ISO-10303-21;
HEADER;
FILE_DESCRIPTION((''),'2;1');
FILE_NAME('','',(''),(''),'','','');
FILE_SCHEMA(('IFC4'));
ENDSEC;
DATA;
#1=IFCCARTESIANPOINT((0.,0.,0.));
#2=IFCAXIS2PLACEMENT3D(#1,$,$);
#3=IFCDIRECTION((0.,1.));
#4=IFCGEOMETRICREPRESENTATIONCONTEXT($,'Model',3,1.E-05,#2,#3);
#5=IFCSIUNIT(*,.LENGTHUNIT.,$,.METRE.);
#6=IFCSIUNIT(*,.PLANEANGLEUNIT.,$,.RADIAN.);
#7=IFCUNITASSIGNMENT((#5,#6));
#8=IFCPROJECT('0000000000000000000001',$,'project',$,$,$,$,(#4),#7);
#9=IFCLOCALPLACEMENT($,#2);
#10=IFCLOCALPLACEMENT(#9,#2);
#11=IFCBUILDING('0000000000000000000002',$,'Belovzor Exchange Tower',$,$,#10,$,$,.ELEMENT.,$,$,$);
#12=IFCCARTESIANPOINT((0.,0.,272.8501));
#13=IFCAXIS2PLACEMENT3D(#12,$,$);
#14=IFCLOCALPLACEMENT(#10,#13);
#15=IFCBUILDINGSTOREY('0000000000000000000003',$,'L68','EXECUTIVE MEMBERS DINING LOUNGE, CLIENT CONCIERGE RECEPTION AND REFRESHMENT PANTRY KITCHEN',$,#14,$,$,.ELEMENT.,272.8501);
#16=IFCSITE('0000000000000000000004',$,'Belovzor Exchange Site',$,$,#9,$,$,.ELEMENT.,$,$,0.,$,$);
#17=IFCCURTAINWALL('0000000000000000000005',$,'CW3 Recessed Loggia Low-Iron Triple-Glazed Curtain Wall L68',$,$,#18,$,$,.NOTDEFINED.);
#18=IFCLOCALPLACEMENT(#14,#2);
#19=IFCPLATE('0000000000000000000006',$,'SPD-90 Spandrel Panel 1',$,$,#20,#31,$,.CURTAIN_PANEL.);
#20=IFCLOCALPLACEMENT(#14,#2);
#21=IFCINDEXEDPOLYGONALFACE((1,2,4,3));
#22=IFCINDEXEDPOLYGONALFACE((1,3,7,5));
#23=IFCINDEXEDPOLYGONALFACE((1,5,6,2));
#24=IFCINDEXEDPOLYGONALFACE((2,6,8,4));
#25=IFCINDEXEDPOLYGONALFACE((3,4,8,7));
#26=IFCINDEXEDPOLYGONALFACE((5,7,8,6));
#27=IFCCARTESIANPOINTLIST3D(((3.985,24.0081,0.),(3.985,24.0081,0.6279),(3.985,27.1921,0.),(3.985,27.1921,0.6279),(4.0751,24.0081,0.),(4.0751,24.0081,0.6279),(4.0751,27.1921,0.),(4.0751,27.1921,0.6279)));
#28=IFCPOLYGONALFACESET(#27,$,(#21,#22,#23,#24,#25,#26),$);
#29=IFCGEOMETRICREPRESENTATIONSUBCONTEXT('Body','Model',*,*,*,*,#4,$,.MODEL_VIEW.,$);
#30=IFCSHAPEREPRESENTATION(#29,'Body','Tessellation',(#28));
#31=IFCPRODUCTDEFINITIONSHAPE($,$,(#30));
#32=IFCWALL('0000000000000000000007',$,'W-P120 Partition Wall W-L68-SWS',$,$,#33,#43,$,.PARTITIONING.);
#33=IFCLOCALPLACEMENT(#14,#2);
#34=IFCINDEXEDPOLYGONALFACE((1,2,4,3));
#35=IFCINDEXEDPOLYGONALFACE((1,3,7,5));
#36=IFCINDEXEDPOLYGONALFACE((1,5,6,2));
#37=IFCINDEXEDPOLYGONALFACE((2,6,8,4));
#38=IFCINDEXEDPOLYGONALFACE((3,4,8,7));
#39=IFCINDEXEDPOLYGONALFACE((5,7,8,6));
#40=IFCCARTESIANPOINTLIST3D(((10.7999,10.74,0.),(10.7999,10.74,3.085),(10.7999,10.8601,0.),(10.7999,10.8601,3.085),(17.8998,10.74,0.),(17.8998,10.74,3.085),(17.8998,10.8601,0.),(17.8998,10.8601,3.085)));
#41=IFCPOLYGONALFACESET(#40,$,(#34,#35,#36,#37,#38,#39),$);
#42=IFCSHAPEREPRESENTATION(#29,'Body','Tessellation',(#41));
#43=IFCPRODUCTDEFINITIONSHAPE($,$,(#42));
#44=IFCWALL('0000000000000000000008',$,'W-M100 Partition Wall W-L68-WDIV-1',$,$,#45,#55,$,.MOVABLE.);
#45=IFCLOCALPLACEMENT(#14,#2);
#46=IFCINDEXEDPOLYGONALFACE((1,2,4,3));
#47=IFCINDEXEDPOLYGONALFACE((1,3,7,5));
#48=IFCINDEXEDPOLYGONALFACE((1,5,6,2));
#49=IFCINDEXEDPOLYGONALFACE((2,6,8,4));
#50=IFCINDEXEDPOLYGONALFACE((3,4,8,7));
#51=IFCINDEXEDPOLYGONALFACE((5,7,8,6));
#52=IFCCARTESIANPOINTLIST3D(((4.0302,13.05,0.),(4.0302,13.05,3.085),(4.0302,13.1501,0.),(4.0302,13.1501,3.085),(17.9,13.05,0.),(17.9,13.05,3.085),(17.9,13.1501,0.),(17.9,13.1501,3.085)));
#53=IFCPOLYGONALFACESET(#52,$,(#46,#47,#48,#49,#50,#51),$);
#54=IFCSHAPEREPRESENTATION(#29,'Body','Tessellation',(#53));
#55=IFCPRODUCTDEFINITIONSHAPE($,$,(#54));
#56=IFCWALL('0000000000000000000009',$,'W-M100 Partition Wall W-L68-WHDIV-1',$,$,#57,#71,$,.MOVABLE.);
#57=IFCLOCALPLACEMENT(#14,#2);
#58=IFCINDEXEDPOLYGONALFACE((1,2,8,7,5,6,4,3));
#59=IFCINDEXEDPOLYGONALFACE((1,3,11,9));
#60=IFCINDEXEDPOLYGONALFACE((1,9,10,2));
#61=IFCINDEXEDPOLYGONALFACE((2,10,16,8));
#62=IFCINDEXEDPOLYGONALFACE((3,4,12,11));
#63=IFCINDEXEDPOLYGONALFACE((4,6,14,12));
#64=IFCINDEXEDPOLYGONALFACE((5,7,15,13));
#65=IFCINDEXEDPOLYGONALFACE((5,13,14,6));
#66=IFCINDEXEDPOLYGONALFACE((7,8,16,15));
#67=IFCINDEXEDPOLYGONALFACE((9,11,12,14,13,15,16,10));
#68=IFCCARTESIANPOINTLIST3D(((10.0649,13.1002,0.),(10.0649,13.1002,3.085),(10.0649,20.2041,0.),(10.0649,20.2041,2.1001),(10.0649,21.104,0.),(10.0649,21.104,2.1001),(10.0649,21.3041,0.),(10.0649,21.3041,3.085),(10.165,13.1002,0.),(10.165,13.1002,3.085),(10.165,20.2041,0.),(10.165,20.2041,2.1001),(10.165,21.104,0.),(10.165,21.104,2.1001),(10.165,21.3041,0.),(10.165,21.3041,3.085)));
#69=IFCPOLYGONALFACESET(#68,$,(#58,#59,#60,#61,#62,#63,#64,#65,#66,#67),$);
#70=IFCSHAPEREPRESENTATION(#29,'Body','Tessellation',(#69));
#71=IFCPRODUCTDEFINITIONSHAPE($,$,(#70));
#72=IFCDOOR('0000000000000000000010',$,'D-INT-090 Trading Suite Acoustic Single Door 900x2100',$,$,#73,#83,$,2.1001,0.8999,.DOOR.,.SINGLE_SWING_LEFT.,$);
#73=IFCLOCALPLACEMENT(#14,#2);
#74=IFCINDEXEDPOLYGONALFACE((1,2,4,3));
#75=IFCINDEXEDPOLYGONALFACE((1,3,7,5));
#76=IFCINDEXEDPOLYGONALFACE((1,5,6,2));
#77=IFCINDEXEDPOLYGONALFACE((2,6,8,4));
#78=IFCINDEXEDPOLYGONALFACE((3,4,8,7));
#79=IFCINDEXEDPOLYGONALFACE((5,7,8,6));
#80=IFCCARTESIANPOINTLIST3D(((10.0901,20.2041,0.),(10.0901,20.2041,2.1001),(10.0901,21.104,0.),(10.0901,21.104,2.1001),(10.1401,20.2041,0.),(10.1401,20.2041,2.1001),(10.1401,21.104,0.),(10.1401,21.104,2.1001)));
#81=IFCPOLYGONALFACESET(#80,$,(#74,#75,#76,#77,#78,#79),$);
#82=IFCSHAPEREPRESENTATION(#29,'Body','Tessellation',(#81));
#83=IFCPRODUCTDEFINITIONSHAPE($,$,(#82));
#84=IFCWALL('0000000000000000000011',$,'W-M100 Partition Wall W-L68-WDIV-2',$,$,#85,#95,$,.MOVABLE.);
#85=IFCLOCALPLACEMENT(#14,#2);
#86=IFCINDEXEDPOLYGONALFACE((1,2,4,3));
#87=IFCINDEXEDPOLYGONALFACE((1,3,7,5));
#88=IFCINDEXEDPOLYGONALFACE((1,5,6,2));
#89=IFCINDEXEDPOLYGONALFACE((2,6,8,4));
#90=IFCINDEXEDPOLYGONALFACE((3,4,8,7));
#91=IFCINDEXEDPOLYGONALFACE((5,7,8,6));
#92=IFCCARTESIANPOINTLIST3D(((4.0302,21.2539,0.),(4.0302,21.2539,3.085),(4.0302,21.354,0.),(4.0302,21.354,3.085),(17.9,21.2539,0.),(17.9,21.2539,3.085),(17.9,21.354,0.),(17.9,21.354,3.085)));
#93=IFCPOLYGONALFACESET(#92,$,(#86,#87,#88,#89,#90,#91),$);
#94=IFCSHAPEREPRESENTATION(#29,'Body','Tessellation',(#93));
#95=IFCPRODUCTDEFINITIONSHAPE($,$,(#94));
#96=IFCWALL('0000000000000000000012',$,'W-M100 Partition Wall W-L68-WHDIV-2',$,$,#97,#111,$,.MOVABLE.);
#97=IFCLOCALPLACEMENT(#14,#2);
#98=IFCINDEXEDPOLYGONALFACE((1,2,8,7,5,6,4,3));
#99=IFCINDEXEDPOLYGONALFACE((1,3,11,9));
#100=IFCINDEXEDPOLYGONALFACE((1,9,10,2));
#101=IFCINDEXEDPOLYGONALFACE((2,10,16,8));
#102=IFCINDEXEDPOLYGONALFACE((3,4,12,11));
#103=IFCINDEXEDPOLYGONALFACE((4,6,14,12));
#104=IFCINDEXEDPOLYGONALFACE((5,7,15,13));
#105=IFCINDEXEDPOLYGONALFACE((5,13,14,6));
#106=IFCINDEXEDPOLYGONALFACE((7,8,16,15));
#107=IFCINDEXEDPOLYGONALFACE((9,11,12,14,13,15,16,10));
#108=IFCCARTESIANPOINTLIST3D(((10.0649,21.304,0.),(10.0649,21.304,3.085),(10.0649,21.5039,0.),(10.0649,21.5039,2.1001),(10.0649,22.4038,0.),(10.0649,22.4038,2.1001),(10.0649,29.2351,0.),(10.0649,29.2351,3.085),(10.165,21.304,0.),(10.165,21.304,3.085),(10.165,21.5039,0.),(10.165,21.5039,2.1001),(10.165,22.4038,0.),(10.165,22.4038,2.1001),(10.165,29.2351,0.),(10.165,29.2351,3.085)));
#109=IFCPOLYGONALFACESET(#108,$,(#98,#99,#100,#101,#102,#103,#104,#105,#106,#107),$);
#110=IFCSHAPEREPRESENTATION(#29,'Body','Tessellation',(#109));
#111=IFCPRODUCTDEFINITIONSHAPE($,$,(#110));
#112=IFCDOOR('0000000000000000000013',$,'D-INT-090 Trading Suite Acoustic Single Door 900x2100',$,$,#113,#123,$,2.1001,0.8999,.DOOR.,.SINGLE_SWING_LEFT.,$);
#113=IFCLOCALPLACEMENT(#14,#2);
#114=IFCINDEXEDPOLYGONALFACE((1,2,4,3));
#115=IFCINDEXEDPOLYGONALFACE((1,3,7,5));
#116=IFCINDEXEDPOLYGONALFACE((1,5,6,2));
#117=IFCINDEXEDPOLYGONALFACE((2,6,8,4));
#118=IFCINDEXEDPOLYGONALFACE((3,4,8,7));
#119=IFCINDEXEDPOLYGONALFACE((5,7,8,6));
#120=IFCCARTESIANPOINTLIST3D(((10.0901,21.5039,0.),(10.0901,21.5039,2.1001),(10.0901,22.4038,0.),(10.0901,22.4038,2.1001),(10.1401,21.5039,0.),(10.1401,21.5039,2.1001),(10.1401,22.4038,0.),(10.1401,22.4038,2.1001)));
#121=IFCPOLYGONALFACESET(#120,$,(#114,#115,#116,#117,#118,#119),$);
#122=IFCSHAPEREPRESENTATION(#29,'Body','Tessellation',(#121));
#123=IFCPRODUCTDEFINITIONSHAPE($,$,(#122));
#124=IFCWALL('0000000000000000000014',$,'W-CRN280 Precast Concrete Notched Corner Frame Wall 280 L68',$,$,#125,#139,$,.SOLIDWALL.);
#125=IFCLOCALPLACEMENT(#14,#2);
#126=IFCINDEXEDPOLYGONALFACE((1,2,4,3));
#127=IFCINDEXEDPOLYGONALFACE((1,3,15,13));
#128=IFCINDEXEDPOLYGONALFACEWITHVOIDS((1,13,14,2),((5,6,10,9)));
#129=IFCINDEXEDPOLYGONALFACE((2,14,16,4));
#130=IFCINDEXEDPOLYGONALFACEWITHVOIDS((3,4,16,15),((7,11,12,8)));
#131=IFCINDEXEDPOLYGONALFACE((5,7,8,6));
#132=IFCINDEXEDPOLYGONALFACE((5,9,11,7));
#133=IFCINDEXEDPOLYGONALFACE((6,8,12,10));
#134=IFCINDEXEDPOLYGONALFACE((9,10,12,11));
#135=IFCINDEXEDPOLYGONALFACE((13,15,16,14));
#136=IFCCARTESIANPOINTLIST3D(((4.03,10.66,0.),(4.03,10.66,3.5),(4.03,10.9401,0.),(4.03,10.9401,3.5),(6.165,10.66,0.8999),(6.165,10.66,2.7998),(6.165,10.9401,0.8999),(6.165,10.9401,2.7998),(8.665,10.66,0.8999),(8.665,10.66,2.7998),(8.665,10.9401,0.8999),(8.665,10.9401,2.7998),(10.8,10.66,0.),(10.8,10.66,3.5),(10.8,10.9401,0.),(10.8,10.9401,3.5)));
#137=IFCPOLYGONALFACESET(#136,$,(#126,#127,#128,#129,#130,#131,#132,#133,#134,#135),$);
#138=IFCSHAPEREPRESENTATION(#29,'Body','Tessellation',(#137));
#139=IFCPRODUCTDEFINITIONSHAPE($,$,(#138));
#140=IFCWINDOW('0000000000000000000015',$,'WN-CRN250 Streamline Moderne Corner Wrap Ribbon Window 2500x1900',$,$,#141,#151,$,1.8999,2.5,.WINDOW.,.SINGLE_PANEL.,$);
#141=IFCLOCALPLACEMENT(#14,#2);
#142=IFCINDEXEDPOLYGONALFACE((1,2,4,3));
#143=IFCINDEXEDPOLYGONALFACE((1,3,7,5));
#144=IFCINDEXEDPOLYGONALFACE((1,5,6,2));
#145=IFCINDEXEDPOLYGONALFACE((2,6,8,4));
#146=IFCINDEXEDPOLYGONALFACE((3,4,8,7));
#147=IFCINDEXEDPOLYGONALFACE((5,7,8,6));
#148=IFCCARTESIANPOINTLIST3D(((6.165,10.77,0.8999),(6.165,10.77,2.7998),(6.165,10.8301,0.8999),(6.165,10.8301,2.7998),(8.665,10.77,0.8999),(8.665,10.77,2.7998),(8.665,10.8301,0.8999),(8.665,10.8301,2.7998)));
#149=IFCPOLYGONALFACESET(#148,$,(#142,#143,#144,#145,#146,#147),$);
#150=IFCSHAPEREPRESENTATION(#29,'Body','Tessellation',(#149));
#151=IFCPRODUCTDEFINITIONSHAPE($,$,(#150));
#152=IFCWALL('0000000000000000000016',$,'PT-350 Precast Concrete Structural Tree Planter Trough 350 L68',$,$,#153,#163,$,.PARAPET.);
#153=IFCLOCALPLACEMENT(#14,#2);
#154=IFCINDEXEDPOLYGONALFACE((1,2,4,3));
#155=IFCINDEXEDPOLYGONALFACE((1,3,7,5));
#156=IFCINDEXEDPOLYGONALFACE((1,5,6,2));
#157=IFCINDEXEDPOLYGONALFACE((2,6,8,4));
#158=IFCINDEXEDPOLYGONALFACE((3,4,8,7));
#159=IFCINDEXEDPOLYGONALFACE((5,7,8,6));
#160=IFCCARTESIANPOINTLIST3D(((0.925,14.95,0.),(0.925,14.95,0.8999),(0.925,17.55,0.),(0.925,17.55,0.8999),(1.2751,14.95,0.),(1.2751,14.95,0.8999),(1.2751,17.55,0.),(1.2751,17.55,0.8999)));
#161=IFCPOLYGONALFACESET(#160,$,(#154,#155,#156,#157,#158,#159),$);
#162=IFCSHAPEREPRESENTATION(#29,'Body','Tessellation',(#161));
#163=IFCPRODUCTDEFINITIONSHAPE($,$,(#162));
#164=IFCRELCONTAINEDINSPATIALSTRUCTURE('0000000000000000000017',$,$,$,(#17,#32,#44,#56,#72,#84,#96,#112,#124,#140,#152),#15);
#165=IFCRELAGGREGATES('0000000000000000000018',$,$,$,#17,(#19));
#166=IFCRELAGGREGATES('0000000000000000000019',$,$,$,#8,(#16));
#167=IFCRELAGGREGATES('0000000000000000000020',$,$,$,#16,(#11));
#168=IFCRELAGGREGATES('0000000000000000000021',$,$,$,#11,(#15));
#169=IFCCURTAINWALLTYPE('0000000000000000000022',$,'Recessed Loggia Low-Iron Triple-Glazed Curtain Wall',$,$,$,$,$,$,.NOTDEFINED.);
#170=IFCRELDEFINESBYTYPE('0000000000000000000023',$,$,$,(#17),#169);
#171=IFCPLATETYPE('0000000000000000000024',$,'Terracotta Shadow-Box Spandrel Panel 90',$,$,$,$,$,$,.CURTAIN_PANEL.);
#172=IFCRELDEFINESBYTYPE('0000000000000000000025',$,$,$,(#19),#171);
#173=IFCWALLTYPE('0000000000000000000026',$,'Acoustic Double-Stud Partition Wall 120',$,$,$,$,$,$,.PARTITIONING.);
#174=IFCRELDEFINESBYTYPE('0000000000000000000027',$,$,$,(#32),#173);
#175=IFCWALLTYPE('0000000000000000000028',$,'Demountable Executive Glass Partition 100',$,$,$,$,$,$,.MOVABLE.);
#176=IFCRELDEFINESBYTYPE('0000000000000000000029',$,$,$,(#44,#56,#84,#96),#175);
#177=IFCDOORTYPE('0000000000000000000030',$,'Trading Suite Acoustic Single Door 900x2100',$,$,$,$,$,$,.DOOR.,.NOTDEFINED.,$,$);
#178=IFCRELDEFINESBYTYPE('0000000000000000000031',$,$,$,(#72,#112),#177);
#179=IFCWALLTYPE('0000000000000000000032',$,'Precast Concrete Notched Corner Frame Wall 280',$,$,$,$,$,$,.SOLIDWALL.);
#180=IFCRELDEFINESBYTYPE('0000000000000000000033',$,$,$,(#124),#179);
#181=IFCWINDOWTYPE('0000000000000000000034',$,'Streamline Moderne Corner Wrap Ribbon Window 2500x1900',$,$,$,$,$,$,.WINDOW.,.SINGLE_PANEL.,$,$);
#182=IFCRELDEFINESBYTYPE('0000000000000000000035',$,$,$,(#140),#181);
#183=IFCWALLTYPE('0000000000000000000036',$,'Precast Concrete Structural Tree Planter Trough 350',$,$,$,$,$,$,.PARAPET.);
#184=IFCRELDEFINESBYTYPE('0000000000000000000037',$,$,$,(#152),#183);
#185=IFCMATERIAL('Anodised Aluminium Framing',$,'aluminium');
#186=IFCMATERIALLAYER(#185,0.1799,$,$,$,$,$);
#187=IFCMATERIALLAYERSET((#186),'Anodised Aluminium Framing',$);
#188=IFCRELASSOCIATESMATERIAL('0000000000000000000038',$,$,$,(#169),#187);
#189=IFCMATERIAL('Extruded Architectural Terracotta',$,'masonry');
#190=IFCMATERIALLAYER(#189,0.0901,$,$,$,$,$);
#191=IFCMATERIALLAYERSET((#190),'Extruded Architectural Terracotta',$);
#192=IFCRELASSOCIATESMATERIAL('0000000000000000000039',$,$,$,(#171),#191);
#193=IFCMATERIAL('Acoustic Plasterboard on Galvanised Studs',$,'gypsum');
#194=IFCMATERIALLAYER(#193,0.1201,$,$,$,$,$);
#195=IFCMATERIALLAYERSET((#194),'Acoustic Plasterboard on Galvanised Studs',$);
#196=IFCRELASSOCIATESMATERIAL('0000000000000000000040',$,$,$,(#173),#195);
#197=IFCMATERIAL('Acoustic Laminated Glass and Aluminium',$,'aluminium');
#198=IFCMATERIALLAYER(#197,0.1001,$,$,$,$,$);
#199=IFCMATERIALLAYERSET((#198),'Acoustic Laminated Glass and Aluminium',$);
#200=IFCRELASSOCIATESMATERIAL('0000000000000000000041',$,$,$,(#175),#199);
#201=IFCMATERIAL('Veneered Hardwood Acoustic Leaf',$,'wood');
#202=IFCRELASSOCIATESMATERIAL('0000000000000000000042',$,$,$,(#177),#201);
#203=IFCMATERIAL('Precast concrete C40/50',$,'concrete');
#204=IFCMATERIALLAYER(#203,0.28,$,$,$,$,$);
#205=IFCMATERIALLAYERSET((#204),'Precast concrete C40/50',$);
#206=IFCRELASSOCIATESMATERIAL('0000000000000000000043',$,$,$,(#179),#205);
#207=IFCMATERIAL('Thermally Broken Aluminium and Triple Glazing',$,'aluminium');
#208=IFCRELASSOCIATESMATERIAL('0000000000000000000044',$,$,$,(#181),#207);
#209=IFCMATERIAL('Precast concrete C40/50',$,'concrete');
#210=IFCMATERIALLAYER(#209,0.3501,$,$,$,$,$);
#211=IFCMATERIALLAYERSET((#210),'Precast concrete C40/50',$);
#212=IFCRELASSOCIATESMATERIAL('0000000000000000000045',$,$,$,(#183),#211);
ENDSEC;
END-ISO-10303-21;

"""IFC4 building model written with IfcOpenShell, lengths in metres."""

from ifc_helpers import new_model, si_unit, direction, frame, frame_2d, origin, origin_2d, place, context, subcontext, project, spatial, rectangle, extrude, material, layer, layer_set, type_object, element, fill, aggregate, save


model = new_model("IFC4")

# Units and contexts
model_context = context("Model", 3, precision=1e-05, world=origin(), true_north=direction((0.0, 1.0)))
body_context = subcontext(model_context, "Body", "Model", "MODEL_VIEW")
ifc_project = project(units=[si_unit("LENGTHUNIT", "METRE"), si_unit("PLANEANGLEUNIT", "RADIAN")], contexts=[model_context])

# Site, building, storey
site_placement = place(None, origin())
site = spatial("IfcSite", under=ifc_project, at=site_placement, Name="Belovzor Exchange Site", CompositionType="ELEMENT", RefElevation=0.0)
building_placement = place(site_placement, origin())
building = spatial("IfcBuilding", under=site, at=building_placement, Name="Belovzor Exchange Tower", CompositionType="ELEMENT")
storey_placement = place(building_placement, frame((0.0, 0.0, 272.8501)))
storey = spatial("IfcBuildingStorey", under=building, at=storey_placement, Name="L68", Description="EXECUTIVE MEMBERS DINING LOUNGE, CLIENT CONCIERGE RECEPTION AND REFRESHMENT PANTRY KITCHEN", CompositionType="ELEMENT", Elevation=272.8501)

# Curtain wall
ifc_material_1 = material(Name="Anodised Aluminium Framing", Category="aluminium")
ifc_layer_1 = layer(ifc_material_1, 0.1799)
ifc_layer_set_1 = layer_set([ifc_layer_1], Name="Anodised Aluminium Framing")
curtain_wall_type = type_object("IfcCurtainWallType", Name="Recessed Loggia Low-Iron Triple-Glazed Curtain Wall", PredefinedType="NOTDEFINED", material=ifc_layer_set_1)
curtain_wall_placement = place(storey_placement, origin())
curtain_wall = element("IfcCurtainWall", 1, at=curtain_wall_placement, inside=storey, type_object=curtain_wall_type, Name="CW3 Recessed Loggia Low-Iron Triple-Glazed Curtain Wall L68", PredefinedType="NOTDEFINED")

# Plate
ifc_material_2 = material(Name="Extruded Architectural Terracotta", Category="masonry")
ifc_layer_2 = layer(ifc_material_2, 0.0901)
ifc_layer_set_2 = layer_set([ifc_layer_2], Name="Extruded Architectural Terracotta")
plate_type_1 = type_object("IfcPlateType", Name="Terracotta Shadow-Box Spandrel Panel 90", PredefinedType="CURTAIN_PANEL", material=ifc_layer_set_2)
plate_1_placement = place(storey_placement, frame((4.03, 25.6001, 0.0), z_axis=(0.0, 0.0, 1.0), x_axis=(0.0, 1.0, 0.0)))
plate_1 = element("IfcPlate", 2, at=plate_1_placement, type_object=plate_type_1, Name="SPD-90 Spandrel Panel 1", PredefinedType="CURTAIN_PANEL", context=body_context, shape_type="SweptSolid", body=[
    extrude(rectangle(XDim=3.1841, YDim=0.0901, at=origin_2d()), origin(), (0.0, 0.0, 1.0), 0.6279),
])
aggregate(curtain_wall, [plate_1])

# Walls
ifc_material_3 = material(Name="Acoustic Plasterboard on Galvanised Studs", Category="gypsum")
ifc_layer_3 = layer(ifc_material_3, 0.1201)
ifc_layer_set_3 = layer_set([ifc_layer_3], Name="Acoustic Plasterboard on Galvanised Studs")
wall_type_1 = type_object("IfcWallType", Name="Acoustic Double-Stud Partition Wall 120", PredefinedType="PARTITIONING", material=ifc_layer_set_3)
wall_1_placement = place(storey_placement, frame((10.8, 10.8, 0.0), z_axis=(0.0, 0.0, 1.0), x_axis=(1.0, 0.0, 0.0)))
element("IfcWall", 3, at=wall_1_placement, inside=storey, type_object=wall_type_1, Name="W-P120 Partition Wall W-L68-SWS", PredefinedType="PARTITIONING", context=body_context, shape_type="SweptSolid", body=[
    extrude(rectangle(XDim=7.0999, YDim=0.1201, at=frame_2d((3.5498, 0.0))), origin(), (0.0, 0.0, 1.0), 3.085),
])
ifc_material_4 = material(Name="Acoustic Laminated Glass and Aluminium", Category="aluminium")
ifc_layer_4 = layer(ifc_material_4, 0.1001)
ifc_layer_set_4 = layer_set([ifc_layer_4], Name="Acoustic Laminated Glass and Aluminium")
wall_type_2 = type_object("IfcWallType", Name="Demountable Executive Glass Partition 100", PredefinedType="MOVABLE", material=ifc_layer_set_4)
wall_2_placement = place(storey_placement, frame((4.03, 13.1001, 0.0), z_axis=(0.0, 0.0, 1.0), x_axis=(1.0, 0.0, 0.0)))
element("IfcWall", 4, at=wall_2_placement, inside=storey, type_object=wall_type_2, Name="W-M100 Partition Wall W-L68-WDIV-1", PredefinedType="MOVABLE", context=body_context, shape_type="SweptSolid", body=[
    extrude(rectangle(XDim=13.8699, YDim=0.1001, at=frame_2d((6.9351, 0.0))), origin(), (0.0, 0.0, 1.0), 3.085),
])

# Wall, opening, door
wall_3_placement = place(storey_placement, frame((10.115, 13.1001, 0.0), z_axis=(0.0, 0.0, 1.0), x_axis=(0.0, 1.0, 0.0)))
wall_3 = element("IfcWall", 5, at=wall_3_placement, inside=storey, type_object=wall_type_2, Name="W-M100 Partition Wall W-L68-WHDIV-1", PredefinedType="MOVABLE", context=body_context, shape_type="SweptSolid", body=[
    extrude(rectangle(XDim=8.2039, YDim=0.1001, at=frame_2d((4.1021, 0.0))), origin(), (0.0, 0.0, 1.0), 3.085),
])
opening_1_placement = place(wall_3_placement, frame((7.104, 0.0, 0.0)))
opening_1 = element("IfcOpeningElement", 6, at=opening_1_placement, cuts=wall_3, PredefinedType="OPENING", context=body_context, shape_type="SweptSolid", body=[
    extrude(rectangle(XDim=0.8999, YDim=2.1001, at=frame_2d((0.45, 1.05))), frame((0.0, 0.0601, 0.0), z_axis=(0.0, -1.0, 0.0), x_axis=(1.0, 0.0, 0.0)), (0.0, 0.0, 1.0), 0.1201),
])
ifc_material_5 = material(Name="Veneered Hardwood Acoustic Leaf", Category="wood")
door_type = type_object("IfcDoorType", Name="Trading Suite Acoustic Single Door 900x2100", OperationType="NOTDEFINED", PredefinedType="DOOR", material=ifc_material_5)
door_1_placement = place(opening_1_placement, origin())
door_1 = element("IfcDoor", 7, at=door_1_placement, inside=storey, type_object=door_type, Name="D-INT-090 Trading Suite Acoustic Single Door 900x2100", OperationType="SINGLE_SWING_LEFT", OverallHeight=2.1001, OverallWidth=0.8999, PredefinedType="DOOR", context=body_context, shape_type="SweptSolid", body=[
    extrude(rectangle(XDim=0.8999, YDim=2.1001, at=frame_2d((0.45, 1.05))), frame((0.0, 0.0249, 0.0), z_axis=(0.0, -1.0, 0.0), x_axis=(1.0, 0.0, 0.0)), (0.0, 0.0, 1.0), 0.05),
])
fill(opening_1, door_1)

# Wall
wall_4_placement = place(storey_placement, frame((4.03, 21.304, 0.0), z_axis=(0.0, 0.0, 1.0), x_axis=(1.0, 0.0, 0.0)))
element("IfcWall", 8, at=wall_4_placement, inside=storey, type_object=wall_type_2, Name="W-M100 Partition Wall W-L68-WDIV-2", PredefinedType="MOVABLE", context=body_context, shape_type="SweptSolid", body=[
    extrude(rectangle(XDim=13.8699, YDim=0.1001, at=frame_2d((6.9351, 0.0))), origin(), (0.0, 0.0, 1.0), 3.085),
])

# Wall, opening, door
wall_5_placement = place(storey_placement, frame((10.115, 21.304, 0.0), z_axis=(0.0, 0.0, 1.0), x_axis=(0.0, 1.0, 0.0)))
wall_5 = element("IfcWall", 9, at=wall_5_placement, inside=storey, type_object=wall_type_2, Name="W-M100 Partition Wall W-L68-WHDIV-2", PredefinedType="MOVABLE", context=body_context, shape_type="SweptSolid", body=[
    extrude(rectangle(XDim=7.9312, YDim=0.1001, at=frame_2d((3.9656, 0.0))), origin(), (0.0, 0.0, 1.0), 3.085),
])
opening_2_placement = place(wall_5_placement, frame((0.2, 0.0, 0.0)))
opening_2 = element("IfcOpeningElement", 10, at=opening_2_placement, cuts=wall_5, PredefinedType="OPENING", context=body_context, shape_type="SweptSolid", body=[
    extrude(rectangle(XDim=0.8999, YDim=2.1001, at=frame_2d((0.45, 1.05))), frame((0.0, 0.0601, 0.0), z_axis=(0.0, -1.0, 0.0), x_axis=(1.0, 0.0, 0.0)), (0.0, 0.0, 1.0), 0.1201),
])
door_2_placement = place(opening_2_placement, origin())
door_2 = element("IfcDoor", 11, at=door_2_placement, inside=storey, type_object=door_type, Name="D-INT-090 Trading Suite Acoustic Single Door 900x2100", OperationType="SINGLE_SWING_LEFT", OverallHeight=2.1001, OverallWidth=0.8999, PredefinedType="DOOR", context=body_context, shape_type="SweptSolid", body=[
    extrude(rectangle(XDim=0.8999, YDim=2.1001, at=frame_2d((0.45, 1.05))), frame((0.0, 0.0249, 0.0), z_axis=(0.0, -1.0, 0.0), x_axis=(1.0, 0.0, 0.0)), (0.0, 0.0, 1.0), 0.05),
])
fill(opening_2, door_2)

# Wall, opening, window
ifc_material_6 = material(Name="Precast concrete C40/50", Category="concrete")
ifc_layer_5 = layer(ifc_material_6, 0.28)
ifc_layer_set_5 = layer_set([ifc_layer_5], Name="Precast concrete C40/50")
wall_type_3 = type_object("IfcWallType", Name="Precast Concrete Notched Corner Frame Wall 280", PredefinedType="SOLIDWALL", material=ifc_layer_set_5)
wall_6_placement = place(storey_placement, frame((10.8, 10.8, 0.0), z_axis=(0.0, 0.0, 1.0), x_axis=(-1.0, 0.0, 0.0)))
wall_6 = element("IfcWall", 12, at=wall_6_placement, inside=storey, type_object=wall_type_3, Name="W-CRN280 Precast Concrete Notched Corner Frame Wall 280 L68", PredefinedType="SOLIDWALL", context=body_context, shape_type="SweptSolid", body=[
    extrude(rectangle(XDim=6.77, YDim=0.28, at=frame_2d((3.385, 0.0))), origin(), (0.0, 0.0, 1.0), 3.5),
])
opening_3_placement = place(wall_6_placement, frame((2.135, 0.0, 0.8999)))
opening_3 = element("IfcOpeningElement", 13, at=opening_3_placement, cuts=wall_6, PredefinedType="OPENING", context=body_context, shape_type="SweptSolid", body=[
    extrude(rectangle(XDim=2.5, YDim=1.8999, at=frame_2d((1.25, 0.95))), frame((0.0, 0.1499, 0.0), z_axis=(0.0, -1.0, 0.0), x_axis=(1.0, 0.0, 0.0)), (0.0, 0.0, 1.0), 0.3),
])
ifc_material_7 = material(Name="Thermally Broken Aluminium and Triple Glazing", Category="aluminium")
window_type = type_object("IfcWindowType", Name="Streamline Moderne Corner Wrap Ribbon Window 2500x1900", PartitioningType="SINGLE_PANEL", PredefinedType="WINDOW", material=ifc_material_7)
window_placement = place(opening_3_placement, origin())
window = element("IfcWindow", 14, at=window_placement, inside=storey, type_object=window_type, Name="WN-CRN250 Streamline Moderne Corner Wrap Ribbon Window 2500x1900", OverallHeight=1.8999, OverallWidth=2.5, PartitioningType="SINGLE_PANEL", PredefinedType="WINDOW", context=body_context, shape_type="SweptSolid", body=[
    extrude(rectangle(XDim=2.5, YDim=1.8999, at=frame_2d((1.25, 0.95))), frame((0.0, 0.03, 0.0), z_axis=(0.0, -1.0, 0.0), x_axis=(1.0, 0.0, 0.0)), (0.0, 0.0, 1.0), 0.0601),
])
fill(opening_3, window)

# Wall
ifc_material_8 = material(Name="Precast concrete C40/50", Category="concrete")
ifc_layer_6 = layer(ifc_material_8, 0.3501)
ifc_layer_set_6 = layer_set([ifc_layer_6], Name="Precast concrete C40/50")
wall_type_4 = type_object("IfcWallType", Name="Precast Concrete Structural Tree Planter Trough 350", PredefinedType="PARAPET", material=ifc_layer_set_6)
wall_7_placement = place(storey_placement, frame((1.1001, 14.95, 0.0), z_axis=(0.0, 0.0, 1.0), x_axis=(0.0, 1.0, 0.0)))
element("IfcWall", 15, at=wall_7_placement, inside=storey, type_object=wall_type_4, Name="PT-350 Precast Concrete Structural Tree Planter Trough 350 L68", PredefinedType="PARAPET", context=body_context, shape_type="SweptSolid", body=[
    extrude(rectangle(XDim=2.6001, YDim=0.3501, at=frame_2d((1.3, 0.0))), origin(), (0.0, 0.0, 1.0), 0.8999),
])

save(model, "model.ifc")
